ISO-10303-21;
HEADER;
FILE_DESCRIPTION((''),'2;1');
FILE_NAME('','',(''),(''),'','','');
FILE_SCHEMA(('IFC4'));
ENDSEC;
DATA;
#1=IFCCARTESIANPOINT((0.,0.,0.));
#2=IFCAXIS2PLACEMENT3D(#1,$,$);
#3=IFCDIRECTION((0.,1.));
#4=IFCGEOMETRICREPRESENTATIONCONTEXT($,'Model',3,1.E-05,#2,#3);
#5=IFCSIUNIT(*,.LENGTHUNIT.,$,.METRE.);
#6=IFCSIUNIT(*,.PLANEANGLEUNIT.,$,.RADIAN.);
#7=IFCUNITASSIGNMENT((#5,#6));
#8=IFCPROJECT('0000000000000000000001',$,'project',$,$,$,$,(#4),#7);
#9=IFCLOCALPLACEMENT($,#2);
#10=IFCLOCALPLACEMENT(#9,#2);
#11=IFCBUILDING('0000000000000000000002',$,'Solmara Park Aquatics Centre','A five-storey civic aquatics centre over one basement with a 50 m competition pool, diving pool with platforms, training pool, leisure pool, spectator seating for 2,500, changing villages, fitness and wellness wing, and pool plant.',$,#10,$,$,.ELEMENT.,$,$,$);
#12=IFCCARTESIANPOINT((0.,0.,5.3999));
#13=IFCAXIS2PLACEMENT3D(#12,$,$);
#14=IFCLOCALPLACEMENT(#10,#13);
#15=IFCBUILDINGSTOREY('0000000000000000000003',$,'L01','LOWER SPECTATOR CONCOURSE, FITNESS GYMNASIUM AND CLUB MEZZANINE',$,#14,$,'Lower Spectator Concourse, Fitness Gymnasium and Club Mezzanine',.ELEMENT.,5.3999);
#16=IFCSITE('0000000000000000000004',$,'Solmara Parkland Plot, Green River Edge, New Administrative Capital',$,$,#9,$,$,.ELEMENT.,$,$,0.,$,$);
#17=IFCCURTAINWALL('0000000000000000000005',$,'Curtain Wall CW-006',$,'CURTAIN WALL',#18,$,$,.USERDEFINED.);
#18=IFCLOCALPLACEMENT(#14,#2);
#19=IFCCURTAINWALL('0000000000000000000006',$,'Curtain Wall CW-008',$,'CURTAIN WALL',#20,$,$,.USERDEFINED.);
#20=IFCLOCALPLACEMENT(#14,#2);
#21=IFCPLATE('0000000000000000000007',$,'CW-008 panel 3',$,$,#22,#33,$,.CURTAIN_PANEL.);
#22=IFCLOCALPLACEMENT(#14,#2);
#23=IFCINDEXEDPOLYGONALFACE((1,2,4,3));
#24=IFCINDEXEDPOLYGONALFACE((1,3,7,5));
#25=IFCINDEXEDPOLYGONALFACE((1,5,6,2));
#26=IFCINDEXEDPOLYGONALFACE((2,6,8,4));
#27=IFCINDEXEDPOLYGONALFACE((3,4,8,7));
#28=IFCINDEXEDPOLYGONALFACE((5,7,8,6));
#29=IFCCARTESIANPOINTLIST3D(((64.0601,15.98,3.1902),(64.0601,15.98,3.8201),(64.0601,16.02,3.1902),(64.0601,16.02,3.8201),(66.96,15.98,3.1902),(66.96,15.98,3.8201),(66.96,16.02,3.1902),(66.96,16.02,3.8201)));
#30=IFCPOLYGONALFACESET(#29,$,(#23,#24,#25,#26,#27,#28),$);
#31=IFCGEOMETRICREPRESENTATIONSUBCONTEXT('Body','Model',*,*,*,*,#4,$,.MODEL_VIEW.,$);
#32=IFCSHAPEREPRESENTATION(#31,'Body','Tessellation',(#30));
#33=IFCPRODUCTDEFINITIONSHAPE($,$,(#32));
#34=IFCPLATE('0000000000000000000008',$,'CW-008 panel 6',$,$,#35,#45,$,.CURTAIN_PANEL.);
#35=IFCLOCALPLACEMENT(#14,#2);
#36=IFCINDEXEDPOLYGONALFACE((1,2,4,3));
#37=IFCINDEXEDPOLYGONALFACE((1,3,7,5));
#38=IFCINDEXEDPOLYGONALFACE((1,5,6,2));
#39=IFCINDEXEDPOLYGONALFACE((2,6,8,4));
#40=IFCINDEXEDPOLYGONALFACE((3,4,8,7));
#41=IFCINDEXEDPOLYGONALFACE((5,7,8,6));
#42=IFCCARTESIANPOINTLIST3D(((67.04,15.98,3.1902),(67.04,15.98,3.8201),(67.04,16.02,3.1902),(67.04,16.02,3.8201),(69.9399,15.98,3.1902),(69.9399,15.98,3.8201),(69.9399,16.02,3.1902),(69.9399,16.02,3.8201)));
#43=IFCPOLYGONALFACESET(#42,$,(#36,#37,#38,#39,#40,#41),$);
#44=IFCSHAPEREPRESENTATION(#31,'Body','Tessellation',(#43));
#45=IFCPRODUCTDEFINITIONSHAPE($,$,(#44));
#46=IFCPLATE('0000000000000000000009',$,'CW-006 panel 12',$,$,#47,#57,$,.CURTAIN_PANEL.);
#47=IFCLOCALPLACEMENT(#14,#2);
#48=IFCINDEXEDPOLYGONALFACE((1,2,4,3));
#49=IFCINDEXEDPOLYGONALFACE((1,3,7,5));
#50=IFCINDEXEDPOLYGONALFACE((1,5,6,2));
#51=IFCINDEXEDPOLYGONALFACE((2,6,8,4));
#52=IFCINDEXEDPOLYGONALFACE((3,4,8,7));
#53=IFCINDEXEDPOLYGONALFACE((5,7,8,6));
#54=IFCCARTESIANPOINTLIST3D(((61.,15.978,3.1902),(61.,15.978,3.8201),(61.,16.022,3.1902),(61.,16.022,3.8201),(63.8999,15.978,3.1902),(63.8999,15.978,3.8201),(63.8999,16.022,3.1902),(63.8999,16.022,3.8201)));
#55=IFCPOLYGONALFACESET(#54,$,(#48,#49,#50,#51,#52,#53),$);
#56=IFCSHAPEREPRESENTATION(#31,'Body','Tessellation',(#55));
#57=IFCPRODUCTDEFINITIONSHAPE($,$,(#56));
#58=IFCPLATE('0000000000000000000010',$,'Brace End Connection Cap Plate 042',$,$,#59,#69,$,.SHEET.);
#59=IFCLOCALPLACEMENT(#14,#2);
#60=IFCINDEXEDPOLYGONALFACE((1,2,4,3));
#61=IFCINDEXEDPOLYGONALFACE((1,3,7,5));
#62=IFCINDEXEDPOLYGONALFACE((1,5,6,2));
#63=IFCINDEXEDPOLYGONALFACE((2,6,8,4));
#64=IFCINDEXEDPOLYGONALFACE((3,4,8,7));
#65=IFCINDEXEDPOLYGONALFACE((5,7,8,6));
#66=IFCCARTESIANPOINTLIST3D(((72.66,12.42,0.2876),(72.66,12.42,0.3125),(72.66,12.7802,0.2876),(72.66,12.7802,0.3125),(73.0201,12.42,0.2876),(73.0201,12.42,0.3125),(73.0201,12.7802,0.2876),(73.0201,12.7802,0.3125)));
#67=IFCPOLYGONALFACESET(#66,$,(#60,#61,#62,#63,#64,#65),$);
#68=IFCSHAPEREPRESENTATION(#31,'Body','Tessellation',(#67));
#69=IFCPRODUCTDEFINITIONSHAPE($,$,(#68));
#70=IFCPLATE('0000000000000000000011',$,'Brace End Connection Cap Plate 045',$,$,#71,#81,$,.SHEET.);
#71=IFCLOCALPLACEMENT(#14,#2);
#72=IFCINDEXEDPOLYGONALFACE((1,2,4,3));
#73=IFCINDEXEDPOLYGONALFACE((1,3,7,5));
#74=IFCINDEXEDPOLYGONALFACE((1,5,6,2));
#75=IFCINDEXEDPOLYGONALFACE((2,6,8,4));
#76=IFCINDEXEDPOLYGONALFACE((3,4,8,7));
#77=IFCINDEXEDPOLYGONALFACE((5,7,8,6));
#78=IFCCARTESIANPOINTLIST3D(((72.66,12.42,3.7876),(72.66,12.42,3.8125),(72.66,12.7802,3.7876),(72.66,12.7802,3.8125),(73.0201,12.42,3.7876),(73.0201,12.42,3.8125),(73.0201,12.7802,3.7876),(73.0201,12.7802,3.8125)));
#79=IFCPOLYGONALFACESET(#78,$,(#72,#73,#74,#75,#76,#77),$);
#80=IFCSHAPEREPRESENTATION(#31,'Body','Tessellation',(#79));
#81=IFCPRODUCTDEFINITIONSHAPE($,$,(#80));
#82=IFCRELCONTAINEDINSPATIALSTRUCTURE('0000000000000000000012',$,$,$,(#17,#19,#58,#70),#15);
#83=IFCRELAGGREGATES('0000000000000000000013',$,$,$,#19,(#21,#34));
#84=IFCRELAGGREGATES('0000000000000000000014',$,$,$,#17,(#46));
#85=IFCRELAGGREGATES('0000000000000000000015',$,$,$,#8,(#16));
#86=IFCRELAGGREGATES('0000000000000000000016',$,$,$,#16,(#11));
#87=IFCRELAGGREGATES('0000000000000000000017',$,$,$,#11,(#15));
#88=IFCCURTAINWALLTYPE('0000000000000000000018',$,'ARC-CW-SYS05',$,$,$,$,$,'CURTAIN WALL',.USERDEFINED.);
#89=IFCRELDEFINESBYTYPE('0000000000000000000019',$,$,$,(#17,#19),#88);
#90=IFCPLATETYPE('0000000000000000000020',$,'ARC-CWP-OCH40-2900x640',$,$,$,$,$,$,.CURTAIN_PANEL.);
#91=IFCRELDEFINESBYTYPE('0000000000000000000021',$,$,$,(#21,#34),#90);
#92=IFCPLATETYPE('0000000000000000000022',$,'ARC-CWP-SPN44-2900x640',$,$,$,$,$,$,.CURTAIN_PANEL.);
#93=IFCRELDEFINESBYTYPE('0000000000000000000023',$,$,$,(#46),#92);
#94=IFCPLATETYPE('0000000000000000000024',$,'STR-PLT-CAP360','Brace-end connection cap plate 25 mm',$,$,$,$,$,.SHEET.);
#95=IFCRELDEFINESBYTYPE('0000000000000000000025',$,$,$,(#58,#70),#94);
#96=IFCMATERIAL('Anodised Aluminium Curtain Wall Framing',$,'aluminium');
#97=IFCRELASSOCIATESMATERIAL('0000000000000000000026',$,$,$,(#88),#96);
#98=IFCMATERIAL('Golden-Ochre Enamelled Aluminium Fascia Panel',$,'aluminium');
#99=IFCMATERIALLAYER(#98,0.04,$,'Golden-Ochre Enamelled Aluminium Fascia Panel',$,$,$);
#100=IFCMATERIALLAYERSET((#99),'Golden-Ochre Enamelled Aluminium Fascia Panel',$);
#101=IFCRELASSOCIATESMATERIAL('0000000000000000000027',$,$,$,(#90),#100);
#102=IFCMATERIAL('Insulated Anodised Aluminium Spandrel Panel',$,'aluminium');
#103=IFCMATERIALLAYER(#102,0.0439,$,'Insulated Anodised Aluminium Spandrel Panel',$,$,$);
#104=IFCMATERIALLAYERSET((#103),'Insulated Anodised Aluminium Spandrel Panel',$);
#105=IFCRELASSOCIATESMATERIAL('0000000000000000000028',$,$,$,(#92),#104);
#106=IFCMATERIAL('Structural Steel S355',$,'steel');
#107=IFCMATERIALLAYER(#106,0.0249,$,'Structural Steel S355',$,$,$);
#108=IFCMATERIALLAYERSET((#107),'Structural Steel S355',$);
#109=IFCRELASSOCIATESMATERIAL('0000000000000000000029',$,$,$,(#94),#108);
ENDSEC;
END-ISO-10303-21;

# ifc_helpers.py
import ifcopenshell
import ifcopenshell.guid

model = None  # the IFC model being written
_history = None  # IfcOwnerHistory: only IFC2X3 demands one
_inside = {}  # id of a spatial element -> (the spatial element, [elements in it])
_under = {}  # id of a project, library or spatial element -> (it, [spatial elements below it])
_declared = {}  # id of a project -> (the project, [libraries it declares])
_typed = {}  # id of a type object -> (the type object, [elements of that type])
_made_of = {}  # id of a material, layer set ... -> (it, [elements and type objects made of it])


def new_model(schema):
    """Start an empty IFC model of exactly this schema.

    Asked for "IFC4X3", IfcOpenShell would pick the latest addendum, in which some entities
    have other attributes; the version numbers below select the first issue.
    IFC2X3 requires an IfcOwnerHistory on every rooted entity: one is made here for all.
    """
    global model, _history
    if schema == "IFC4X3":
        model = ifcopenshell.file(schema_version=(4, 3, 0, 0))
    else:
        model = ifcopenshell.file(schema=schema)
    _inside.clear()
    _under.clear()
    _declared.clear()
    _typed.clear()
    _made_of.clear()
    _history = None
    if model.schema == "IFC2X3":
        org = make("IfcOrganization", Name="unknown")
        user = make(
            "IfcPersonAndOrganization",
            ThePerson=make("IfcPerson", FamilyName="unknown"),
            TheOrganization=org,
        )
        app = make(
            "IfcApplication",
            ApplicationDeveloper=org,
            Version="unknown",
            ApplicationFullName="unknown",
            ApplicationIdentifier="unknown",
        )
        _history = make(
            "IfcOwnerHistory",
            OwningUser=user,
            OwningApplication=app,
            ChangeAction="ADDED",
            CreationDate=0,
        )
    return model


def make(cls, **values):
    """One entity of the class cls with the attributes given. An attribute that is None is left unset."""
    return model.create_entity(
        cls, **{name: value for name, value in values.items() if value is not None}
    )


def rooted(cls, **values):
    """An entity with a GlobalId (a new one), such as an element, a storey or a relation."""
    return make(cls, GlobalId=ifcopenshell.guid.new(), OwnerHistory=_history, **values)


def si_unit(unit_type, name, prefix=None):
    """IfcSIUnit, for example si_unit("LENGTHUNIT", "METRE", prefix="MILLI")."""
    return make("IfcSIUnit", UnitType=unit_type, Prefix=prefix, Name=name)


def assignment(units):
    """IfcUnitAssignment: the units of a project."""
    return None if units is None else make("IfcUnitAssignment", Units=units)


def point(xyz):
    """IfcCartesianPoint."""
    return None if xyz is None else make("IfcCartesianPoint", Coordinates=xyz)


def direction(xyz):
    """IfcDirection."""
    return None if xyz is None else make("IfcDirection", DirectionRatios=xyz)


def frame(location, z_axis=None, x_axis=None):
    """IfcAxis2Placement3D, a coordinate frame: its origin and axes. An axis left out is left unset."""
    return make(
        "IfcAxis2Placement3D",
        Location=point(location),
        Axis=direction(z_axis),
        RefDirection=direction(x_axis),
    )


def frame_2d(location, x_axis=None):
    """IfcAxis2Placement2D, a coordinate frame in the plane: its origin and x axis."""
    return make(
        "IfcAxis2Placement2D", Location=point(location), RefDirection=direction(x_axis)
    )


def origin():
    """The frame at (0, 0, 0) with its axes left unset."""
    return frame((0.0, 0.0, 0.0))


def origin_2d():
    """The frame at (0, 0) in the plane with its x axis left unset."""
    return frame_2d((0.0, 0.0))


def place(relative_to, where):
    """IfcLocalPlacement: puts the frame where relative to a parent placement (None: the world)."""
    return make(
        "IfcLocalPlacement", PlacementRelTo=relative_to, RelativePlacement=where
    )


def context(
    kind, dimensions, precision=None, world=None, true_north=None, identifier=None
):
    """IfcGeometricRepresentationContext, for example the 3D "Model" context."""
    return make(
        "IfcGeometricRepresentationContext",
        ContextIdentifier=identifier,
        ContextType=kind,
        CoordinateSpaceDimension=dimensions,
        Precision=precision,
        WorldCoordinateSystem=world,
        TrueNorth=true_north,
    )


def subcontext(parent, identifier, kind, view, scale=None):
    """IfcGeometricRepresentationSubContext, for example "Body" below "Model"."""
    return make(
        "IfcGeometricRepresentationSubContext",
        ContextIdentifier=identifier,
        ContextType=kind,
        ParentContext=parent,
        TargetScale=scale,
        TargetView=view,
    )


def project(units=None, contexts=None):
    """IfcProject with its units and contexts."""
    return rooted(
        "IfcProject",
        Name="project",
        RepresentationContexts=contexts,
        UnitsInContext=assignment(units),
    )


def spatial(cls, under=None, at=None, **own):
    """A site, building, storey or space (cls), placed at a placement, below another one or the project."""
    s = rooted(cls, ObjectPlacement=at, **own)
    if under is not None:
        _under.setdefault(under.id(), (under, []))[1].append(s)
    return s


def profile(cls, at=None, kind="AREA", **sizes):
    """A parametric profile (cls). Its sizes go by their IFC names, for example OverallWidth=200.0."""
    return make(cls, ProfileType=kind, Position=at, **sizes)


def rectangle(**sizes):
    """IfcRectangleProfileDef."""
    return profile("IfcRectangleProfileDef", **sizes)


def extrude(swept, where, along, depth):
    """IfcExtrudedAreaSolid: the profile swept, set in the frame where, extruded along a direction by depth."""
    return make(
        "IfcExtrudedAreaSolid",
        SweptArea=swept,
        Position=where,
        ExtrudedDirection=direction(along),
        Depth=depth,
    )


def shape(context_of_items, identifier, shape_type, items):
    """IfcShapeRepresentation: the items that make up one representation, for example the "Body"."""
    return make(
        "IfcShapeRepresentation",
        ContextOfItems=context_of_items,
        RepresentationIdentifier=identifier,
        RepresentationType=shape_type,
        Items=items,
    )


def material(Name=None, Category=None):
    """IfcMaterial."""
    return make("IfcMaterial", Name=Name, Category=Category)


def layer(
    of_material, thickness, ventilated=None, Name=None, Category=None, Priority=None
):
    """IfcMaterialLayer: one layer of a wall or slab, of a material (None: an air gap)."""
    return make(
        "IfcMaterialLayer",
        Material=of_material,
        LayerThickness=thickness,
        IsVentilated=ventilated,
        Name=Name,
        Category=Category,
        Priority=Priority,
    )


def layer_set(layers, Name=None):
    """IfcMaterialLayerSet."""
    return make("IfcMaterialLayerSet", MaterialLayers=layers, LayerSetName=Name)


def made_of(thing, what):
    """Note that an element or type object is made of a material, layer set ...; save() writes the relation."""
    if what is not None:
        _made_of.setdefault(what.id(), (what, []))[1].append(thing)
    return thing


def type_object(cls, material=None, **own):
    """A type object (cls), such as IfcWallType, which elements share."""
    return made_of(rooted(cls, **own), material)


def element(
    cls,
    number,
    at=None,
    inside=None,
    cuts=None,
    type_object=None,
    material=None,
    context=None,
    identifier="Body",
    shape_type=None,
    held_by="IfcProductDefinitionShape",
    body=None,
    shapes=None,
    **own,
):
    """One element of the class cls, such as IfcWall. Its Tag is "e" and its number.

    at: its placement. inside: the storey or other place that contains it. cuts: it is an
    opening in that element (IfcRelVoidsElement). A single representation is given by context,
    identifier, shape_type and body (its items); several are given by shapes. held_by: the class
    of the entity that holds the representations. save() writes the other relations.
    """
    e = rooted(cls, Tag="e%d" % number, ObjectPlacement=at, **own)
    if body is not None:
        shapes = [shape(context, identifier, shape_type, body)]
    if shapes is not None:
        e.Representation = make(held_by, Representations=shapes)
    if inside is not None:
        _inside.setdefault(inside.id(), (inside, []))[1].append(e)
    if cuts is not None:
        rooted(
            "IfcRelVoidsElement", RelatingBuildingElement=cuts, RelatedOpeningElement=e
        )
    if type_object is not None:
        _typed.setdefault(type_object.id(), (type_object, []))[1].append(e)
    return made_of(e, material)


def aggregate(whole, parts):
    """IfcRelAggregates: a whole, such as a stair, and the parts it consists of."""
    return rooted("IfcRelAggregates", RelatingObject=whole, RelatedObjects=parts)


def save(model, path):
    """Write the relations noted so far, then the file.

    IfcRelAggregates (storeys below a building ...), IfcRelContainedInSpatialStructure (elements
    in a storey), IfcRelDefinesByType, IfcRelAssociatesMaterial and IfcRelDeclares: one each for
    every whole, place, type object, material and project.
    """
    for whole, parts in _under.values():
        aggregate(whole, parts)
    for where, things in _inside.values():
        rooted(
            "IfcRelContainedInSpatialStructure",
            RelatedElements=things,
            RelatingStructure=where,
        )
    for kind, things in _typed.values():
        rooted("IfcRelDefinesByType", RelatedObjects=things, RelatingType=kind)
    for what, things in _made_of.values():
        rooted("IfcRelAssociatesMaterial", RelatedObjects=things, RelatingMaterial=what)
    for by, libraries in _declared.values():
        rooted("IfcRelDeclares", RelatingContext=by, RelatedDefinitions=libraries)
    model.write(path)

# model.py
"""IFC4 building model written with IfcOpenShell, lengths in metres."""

from ifc_helpers import new_model, si_unit, direction, frame, origin, origin_2d, place, context, subcontext, project, spatial, rectangle, extrude, material, layer, layer_set, type_object, element, aggregate, save


model = new_model("IFC4")

# Units and contexts
model_context = context("Model", 3, precision=1e-05, world=origin(), true_north=direction((0.0, 1.0)))
body_context = subcontext(model_context, "Body", "Model", "MODEL_VIEW")
ifc_project = project(units=[si_unit("LENGTHUNIT", "METRE"), si_unit("PLANEANGLEUNIT", "RADIAN")], contexts=[model_context])

# Site, building, storey
site_placement = place(None, origin())
site = spatial("IfcSite", under=ifc_project, at=site_placement, Name="Solmara Parkland Plot, Green River Edge, New Administrative Capital", CompositionType="ELEMENT", RefElevation=0.0)
building_placement = place(site_placement, origin())
building = spatial("IfcBuilding", under=site, at=building_placement, Name="Solmara Park Aquatics Centre", Description="A five-storey civic aquatics centre over one basement with a 50 m competition pool, diving pool with platforms, training pool, leisure pool, spectator seating for 2,500, changing villages, fitness and wellness wing, and pool plant.", CompositionType="ELEMENT")
storey_placement = place(building_placement, frame((0.0, 0.0, 5.3999)))
storey = spatial("IfcBuildingStorey", under=building, at=storey_placement, Name="L01", Description="LOWER SPECTATOR CONCOURSE, FITNESS GYMNASIUM AND CLUB MEZZANINE", LongName="Lower Spectator Concourse, Fitness Gymnasium and Club Mezzanine", CompositionType="ELEMENT", Elevation=5.3999)

# Shared definitions
ifc_material_1 = material(Name="Structural Steel S355", Category="steel")

# Curtain wall
ifc_material_2 = material(Name="Anodised Aluminium Curtain Wall Framing", Category="aluminium")
curtain_wall_type = type_object("IfcCurtainWallType", Name="ARC-CW-SYS05", ElementType="CURTAIN WALL", PredefinedType="USERDEFINED", material=ifc_material_2)
curtain_wall_1_placement = place(storey_placement, origin())
curtain_wall_1 = element("IfcCurtainWall", 1, at=curtain_wall_1_placement, inside=storey, type_object=curtain_wall_type, Name="Curtain Wall CW-006", ObjectType="CURTAIN WALL", PredefinedType="USERDEFINED")

# Curtain wall
curtain_wall_2_placement = place(storey_placement, origin())
curtain_wall_2 = element("IfcCurtainWall", 2, at=curtain_wall_2_placement, inside=storey, type_object=curtain_wall_type, Name="Curtain Wall CW-008", ObjectType="CURTAIN WALL", PredefinedType="USERDEFINED")

# Plates
ifc_material_3 = material(Name="Golden-Ochre Enamelled Aluminium Fascia Panel", Category="aluminium")
ifc_layer_1 = layer(ifc_material_3, 0.04, Name="Golden-Ochre Enamelled Aluminium Fascia Panel")
ifc_layer_set_1 = layer_set([ifc_layer_1], Name="Golden-Ochre Enamelled Aluminium Fascia Panel")
plate_type_1 = type_object("IfcPlateType", Name="ARC-CWP-OCH40-2900x640", PredefinedType="CURTAIN_PANEL", material=ifc_layer_set_1)
plate_1_placement = place(storey_placement, frame((65.51, 16.0, 3.1902), z_axis=(0.0, 0.0, 1.0), x_axis=(1.0, 0.0, 0.0)))
plate_1 = element("IfcPlate", 3, at=plate_1_placement, type_object=plate_type_1, Name="CW-008 panel 3", PredefinedType="CURTAIN_PANEL", context=body_context, shape_type="SweptSolid", body=[
    extrude(rectangle(XDim=2.8999, YDim=0.04, at=origin_2d()), origin(), (0.0, 0.0, 1.0), 0.6299),
])
plate_2_placement = place(storey_placement, frame((68.49, 16.0, 3.1902), z_axis=(0.0, 0.0, 1.0), x_axis=(1.0, 0.0, 0.0)))
plate_2 = element("IfcPlate", 4, at=plate_2_placement, type_object=plate_type_1, Name="CW-008 panel 6", PredefinedType="CURTAIN_PANEL", context=body_context, shape_type="SweptSolid", body=[
    extrude(rectangle(XDim=2.8999, YDim=0.04, at=origin_2d()), origin(), (0.0, 0.0, 1.0), 0.6299),
])
aggregate(curtain_wall_2, [plate_1, plate_2])
ifc_material_4 = material(Name="Insulated Anodised Aluminium Spandrel Panel", Category="aluminium")
ifc_layer_2 = layer(ifc_material_4, 0.0439, Name="Insulated Anodised Aluminium Spandrel Panel")
ifc_layer_set_2 = layer_set([ifc_layer_2], Name="Insulated Anodised Aluminium Spandrel Panel")
plate_type_2 = type_object("IfcPlateType", Name="ARC-CWP-SPN44-2900x640", PredefinedType="CURTAIN_PANEL", material=ifc_layer_set_2)
plate_3_placement = place(storey_placement, frame((62.45, 16.0, 3.1902), z_axis=(0.0, 0.0, 1.0), x_axis=(1.0, 0.0, 0.0)))
plate_3 = element("IfcPlate", 5, at=plate_3_placement, type_object=plate_type_2, Name="CW-006 panel 12", PredefinedType="CURTAIN_PANEL", context=body_context, shape_type="SweptSolid", body=[
    extrude(rectangle(XDim=2.8999, YDim=0.0439, at=origin_2d()), origin(), (0.0, 0.0, 1.0), 0.6299),
])
aggregate(curtain_wall_1, [plate_3])

# Plates
ifc_layer_3 = layer(ifc_material_1, 0.0249, Name="Structural Steel S355")
ifc_layer_set_3 = layer_set([ifc_layer_3], Name="Structural Steel S355")
plate_type_3 = type_object("IfcPlateType", Name="STR-PLT-CAP360", Description="Brace-end connection cap plate 25 mm", PredefinedType="SHEET", material=ifc_layer_set_3)
for number, where, z_axis, x_axis, name in (
    (6, (72.8401, 12.6001, 0.2876), (0.0, 0.0, 1.0), (1.0, 0.0, 0.0), "Brace End Connection Cap Plate 042"),
    (7, (72.8401, 12.6001, 3.7876), (0.0, 0.0, 1.0), (1.0, 0.0, 0.0), "Brace End Connection Cap Plate 045"),
):
    element("IfcPlate", number, at=place(storey_placement, frame(where, z_axis=z_axis, x_axis=x_axis)), inside=storey, type_object=plate_type_3, Name=name, PredefinedType="SHEET", context=body_context, shape_type="SweptSolid", body=[
        extrude(rectangle(XDim=0.3601, YDim=0.3601, at=origin_2d()), origin(), (0.0, 0.0, 1.0), 0.0249),
    ])

save(model, "model.ifc")
